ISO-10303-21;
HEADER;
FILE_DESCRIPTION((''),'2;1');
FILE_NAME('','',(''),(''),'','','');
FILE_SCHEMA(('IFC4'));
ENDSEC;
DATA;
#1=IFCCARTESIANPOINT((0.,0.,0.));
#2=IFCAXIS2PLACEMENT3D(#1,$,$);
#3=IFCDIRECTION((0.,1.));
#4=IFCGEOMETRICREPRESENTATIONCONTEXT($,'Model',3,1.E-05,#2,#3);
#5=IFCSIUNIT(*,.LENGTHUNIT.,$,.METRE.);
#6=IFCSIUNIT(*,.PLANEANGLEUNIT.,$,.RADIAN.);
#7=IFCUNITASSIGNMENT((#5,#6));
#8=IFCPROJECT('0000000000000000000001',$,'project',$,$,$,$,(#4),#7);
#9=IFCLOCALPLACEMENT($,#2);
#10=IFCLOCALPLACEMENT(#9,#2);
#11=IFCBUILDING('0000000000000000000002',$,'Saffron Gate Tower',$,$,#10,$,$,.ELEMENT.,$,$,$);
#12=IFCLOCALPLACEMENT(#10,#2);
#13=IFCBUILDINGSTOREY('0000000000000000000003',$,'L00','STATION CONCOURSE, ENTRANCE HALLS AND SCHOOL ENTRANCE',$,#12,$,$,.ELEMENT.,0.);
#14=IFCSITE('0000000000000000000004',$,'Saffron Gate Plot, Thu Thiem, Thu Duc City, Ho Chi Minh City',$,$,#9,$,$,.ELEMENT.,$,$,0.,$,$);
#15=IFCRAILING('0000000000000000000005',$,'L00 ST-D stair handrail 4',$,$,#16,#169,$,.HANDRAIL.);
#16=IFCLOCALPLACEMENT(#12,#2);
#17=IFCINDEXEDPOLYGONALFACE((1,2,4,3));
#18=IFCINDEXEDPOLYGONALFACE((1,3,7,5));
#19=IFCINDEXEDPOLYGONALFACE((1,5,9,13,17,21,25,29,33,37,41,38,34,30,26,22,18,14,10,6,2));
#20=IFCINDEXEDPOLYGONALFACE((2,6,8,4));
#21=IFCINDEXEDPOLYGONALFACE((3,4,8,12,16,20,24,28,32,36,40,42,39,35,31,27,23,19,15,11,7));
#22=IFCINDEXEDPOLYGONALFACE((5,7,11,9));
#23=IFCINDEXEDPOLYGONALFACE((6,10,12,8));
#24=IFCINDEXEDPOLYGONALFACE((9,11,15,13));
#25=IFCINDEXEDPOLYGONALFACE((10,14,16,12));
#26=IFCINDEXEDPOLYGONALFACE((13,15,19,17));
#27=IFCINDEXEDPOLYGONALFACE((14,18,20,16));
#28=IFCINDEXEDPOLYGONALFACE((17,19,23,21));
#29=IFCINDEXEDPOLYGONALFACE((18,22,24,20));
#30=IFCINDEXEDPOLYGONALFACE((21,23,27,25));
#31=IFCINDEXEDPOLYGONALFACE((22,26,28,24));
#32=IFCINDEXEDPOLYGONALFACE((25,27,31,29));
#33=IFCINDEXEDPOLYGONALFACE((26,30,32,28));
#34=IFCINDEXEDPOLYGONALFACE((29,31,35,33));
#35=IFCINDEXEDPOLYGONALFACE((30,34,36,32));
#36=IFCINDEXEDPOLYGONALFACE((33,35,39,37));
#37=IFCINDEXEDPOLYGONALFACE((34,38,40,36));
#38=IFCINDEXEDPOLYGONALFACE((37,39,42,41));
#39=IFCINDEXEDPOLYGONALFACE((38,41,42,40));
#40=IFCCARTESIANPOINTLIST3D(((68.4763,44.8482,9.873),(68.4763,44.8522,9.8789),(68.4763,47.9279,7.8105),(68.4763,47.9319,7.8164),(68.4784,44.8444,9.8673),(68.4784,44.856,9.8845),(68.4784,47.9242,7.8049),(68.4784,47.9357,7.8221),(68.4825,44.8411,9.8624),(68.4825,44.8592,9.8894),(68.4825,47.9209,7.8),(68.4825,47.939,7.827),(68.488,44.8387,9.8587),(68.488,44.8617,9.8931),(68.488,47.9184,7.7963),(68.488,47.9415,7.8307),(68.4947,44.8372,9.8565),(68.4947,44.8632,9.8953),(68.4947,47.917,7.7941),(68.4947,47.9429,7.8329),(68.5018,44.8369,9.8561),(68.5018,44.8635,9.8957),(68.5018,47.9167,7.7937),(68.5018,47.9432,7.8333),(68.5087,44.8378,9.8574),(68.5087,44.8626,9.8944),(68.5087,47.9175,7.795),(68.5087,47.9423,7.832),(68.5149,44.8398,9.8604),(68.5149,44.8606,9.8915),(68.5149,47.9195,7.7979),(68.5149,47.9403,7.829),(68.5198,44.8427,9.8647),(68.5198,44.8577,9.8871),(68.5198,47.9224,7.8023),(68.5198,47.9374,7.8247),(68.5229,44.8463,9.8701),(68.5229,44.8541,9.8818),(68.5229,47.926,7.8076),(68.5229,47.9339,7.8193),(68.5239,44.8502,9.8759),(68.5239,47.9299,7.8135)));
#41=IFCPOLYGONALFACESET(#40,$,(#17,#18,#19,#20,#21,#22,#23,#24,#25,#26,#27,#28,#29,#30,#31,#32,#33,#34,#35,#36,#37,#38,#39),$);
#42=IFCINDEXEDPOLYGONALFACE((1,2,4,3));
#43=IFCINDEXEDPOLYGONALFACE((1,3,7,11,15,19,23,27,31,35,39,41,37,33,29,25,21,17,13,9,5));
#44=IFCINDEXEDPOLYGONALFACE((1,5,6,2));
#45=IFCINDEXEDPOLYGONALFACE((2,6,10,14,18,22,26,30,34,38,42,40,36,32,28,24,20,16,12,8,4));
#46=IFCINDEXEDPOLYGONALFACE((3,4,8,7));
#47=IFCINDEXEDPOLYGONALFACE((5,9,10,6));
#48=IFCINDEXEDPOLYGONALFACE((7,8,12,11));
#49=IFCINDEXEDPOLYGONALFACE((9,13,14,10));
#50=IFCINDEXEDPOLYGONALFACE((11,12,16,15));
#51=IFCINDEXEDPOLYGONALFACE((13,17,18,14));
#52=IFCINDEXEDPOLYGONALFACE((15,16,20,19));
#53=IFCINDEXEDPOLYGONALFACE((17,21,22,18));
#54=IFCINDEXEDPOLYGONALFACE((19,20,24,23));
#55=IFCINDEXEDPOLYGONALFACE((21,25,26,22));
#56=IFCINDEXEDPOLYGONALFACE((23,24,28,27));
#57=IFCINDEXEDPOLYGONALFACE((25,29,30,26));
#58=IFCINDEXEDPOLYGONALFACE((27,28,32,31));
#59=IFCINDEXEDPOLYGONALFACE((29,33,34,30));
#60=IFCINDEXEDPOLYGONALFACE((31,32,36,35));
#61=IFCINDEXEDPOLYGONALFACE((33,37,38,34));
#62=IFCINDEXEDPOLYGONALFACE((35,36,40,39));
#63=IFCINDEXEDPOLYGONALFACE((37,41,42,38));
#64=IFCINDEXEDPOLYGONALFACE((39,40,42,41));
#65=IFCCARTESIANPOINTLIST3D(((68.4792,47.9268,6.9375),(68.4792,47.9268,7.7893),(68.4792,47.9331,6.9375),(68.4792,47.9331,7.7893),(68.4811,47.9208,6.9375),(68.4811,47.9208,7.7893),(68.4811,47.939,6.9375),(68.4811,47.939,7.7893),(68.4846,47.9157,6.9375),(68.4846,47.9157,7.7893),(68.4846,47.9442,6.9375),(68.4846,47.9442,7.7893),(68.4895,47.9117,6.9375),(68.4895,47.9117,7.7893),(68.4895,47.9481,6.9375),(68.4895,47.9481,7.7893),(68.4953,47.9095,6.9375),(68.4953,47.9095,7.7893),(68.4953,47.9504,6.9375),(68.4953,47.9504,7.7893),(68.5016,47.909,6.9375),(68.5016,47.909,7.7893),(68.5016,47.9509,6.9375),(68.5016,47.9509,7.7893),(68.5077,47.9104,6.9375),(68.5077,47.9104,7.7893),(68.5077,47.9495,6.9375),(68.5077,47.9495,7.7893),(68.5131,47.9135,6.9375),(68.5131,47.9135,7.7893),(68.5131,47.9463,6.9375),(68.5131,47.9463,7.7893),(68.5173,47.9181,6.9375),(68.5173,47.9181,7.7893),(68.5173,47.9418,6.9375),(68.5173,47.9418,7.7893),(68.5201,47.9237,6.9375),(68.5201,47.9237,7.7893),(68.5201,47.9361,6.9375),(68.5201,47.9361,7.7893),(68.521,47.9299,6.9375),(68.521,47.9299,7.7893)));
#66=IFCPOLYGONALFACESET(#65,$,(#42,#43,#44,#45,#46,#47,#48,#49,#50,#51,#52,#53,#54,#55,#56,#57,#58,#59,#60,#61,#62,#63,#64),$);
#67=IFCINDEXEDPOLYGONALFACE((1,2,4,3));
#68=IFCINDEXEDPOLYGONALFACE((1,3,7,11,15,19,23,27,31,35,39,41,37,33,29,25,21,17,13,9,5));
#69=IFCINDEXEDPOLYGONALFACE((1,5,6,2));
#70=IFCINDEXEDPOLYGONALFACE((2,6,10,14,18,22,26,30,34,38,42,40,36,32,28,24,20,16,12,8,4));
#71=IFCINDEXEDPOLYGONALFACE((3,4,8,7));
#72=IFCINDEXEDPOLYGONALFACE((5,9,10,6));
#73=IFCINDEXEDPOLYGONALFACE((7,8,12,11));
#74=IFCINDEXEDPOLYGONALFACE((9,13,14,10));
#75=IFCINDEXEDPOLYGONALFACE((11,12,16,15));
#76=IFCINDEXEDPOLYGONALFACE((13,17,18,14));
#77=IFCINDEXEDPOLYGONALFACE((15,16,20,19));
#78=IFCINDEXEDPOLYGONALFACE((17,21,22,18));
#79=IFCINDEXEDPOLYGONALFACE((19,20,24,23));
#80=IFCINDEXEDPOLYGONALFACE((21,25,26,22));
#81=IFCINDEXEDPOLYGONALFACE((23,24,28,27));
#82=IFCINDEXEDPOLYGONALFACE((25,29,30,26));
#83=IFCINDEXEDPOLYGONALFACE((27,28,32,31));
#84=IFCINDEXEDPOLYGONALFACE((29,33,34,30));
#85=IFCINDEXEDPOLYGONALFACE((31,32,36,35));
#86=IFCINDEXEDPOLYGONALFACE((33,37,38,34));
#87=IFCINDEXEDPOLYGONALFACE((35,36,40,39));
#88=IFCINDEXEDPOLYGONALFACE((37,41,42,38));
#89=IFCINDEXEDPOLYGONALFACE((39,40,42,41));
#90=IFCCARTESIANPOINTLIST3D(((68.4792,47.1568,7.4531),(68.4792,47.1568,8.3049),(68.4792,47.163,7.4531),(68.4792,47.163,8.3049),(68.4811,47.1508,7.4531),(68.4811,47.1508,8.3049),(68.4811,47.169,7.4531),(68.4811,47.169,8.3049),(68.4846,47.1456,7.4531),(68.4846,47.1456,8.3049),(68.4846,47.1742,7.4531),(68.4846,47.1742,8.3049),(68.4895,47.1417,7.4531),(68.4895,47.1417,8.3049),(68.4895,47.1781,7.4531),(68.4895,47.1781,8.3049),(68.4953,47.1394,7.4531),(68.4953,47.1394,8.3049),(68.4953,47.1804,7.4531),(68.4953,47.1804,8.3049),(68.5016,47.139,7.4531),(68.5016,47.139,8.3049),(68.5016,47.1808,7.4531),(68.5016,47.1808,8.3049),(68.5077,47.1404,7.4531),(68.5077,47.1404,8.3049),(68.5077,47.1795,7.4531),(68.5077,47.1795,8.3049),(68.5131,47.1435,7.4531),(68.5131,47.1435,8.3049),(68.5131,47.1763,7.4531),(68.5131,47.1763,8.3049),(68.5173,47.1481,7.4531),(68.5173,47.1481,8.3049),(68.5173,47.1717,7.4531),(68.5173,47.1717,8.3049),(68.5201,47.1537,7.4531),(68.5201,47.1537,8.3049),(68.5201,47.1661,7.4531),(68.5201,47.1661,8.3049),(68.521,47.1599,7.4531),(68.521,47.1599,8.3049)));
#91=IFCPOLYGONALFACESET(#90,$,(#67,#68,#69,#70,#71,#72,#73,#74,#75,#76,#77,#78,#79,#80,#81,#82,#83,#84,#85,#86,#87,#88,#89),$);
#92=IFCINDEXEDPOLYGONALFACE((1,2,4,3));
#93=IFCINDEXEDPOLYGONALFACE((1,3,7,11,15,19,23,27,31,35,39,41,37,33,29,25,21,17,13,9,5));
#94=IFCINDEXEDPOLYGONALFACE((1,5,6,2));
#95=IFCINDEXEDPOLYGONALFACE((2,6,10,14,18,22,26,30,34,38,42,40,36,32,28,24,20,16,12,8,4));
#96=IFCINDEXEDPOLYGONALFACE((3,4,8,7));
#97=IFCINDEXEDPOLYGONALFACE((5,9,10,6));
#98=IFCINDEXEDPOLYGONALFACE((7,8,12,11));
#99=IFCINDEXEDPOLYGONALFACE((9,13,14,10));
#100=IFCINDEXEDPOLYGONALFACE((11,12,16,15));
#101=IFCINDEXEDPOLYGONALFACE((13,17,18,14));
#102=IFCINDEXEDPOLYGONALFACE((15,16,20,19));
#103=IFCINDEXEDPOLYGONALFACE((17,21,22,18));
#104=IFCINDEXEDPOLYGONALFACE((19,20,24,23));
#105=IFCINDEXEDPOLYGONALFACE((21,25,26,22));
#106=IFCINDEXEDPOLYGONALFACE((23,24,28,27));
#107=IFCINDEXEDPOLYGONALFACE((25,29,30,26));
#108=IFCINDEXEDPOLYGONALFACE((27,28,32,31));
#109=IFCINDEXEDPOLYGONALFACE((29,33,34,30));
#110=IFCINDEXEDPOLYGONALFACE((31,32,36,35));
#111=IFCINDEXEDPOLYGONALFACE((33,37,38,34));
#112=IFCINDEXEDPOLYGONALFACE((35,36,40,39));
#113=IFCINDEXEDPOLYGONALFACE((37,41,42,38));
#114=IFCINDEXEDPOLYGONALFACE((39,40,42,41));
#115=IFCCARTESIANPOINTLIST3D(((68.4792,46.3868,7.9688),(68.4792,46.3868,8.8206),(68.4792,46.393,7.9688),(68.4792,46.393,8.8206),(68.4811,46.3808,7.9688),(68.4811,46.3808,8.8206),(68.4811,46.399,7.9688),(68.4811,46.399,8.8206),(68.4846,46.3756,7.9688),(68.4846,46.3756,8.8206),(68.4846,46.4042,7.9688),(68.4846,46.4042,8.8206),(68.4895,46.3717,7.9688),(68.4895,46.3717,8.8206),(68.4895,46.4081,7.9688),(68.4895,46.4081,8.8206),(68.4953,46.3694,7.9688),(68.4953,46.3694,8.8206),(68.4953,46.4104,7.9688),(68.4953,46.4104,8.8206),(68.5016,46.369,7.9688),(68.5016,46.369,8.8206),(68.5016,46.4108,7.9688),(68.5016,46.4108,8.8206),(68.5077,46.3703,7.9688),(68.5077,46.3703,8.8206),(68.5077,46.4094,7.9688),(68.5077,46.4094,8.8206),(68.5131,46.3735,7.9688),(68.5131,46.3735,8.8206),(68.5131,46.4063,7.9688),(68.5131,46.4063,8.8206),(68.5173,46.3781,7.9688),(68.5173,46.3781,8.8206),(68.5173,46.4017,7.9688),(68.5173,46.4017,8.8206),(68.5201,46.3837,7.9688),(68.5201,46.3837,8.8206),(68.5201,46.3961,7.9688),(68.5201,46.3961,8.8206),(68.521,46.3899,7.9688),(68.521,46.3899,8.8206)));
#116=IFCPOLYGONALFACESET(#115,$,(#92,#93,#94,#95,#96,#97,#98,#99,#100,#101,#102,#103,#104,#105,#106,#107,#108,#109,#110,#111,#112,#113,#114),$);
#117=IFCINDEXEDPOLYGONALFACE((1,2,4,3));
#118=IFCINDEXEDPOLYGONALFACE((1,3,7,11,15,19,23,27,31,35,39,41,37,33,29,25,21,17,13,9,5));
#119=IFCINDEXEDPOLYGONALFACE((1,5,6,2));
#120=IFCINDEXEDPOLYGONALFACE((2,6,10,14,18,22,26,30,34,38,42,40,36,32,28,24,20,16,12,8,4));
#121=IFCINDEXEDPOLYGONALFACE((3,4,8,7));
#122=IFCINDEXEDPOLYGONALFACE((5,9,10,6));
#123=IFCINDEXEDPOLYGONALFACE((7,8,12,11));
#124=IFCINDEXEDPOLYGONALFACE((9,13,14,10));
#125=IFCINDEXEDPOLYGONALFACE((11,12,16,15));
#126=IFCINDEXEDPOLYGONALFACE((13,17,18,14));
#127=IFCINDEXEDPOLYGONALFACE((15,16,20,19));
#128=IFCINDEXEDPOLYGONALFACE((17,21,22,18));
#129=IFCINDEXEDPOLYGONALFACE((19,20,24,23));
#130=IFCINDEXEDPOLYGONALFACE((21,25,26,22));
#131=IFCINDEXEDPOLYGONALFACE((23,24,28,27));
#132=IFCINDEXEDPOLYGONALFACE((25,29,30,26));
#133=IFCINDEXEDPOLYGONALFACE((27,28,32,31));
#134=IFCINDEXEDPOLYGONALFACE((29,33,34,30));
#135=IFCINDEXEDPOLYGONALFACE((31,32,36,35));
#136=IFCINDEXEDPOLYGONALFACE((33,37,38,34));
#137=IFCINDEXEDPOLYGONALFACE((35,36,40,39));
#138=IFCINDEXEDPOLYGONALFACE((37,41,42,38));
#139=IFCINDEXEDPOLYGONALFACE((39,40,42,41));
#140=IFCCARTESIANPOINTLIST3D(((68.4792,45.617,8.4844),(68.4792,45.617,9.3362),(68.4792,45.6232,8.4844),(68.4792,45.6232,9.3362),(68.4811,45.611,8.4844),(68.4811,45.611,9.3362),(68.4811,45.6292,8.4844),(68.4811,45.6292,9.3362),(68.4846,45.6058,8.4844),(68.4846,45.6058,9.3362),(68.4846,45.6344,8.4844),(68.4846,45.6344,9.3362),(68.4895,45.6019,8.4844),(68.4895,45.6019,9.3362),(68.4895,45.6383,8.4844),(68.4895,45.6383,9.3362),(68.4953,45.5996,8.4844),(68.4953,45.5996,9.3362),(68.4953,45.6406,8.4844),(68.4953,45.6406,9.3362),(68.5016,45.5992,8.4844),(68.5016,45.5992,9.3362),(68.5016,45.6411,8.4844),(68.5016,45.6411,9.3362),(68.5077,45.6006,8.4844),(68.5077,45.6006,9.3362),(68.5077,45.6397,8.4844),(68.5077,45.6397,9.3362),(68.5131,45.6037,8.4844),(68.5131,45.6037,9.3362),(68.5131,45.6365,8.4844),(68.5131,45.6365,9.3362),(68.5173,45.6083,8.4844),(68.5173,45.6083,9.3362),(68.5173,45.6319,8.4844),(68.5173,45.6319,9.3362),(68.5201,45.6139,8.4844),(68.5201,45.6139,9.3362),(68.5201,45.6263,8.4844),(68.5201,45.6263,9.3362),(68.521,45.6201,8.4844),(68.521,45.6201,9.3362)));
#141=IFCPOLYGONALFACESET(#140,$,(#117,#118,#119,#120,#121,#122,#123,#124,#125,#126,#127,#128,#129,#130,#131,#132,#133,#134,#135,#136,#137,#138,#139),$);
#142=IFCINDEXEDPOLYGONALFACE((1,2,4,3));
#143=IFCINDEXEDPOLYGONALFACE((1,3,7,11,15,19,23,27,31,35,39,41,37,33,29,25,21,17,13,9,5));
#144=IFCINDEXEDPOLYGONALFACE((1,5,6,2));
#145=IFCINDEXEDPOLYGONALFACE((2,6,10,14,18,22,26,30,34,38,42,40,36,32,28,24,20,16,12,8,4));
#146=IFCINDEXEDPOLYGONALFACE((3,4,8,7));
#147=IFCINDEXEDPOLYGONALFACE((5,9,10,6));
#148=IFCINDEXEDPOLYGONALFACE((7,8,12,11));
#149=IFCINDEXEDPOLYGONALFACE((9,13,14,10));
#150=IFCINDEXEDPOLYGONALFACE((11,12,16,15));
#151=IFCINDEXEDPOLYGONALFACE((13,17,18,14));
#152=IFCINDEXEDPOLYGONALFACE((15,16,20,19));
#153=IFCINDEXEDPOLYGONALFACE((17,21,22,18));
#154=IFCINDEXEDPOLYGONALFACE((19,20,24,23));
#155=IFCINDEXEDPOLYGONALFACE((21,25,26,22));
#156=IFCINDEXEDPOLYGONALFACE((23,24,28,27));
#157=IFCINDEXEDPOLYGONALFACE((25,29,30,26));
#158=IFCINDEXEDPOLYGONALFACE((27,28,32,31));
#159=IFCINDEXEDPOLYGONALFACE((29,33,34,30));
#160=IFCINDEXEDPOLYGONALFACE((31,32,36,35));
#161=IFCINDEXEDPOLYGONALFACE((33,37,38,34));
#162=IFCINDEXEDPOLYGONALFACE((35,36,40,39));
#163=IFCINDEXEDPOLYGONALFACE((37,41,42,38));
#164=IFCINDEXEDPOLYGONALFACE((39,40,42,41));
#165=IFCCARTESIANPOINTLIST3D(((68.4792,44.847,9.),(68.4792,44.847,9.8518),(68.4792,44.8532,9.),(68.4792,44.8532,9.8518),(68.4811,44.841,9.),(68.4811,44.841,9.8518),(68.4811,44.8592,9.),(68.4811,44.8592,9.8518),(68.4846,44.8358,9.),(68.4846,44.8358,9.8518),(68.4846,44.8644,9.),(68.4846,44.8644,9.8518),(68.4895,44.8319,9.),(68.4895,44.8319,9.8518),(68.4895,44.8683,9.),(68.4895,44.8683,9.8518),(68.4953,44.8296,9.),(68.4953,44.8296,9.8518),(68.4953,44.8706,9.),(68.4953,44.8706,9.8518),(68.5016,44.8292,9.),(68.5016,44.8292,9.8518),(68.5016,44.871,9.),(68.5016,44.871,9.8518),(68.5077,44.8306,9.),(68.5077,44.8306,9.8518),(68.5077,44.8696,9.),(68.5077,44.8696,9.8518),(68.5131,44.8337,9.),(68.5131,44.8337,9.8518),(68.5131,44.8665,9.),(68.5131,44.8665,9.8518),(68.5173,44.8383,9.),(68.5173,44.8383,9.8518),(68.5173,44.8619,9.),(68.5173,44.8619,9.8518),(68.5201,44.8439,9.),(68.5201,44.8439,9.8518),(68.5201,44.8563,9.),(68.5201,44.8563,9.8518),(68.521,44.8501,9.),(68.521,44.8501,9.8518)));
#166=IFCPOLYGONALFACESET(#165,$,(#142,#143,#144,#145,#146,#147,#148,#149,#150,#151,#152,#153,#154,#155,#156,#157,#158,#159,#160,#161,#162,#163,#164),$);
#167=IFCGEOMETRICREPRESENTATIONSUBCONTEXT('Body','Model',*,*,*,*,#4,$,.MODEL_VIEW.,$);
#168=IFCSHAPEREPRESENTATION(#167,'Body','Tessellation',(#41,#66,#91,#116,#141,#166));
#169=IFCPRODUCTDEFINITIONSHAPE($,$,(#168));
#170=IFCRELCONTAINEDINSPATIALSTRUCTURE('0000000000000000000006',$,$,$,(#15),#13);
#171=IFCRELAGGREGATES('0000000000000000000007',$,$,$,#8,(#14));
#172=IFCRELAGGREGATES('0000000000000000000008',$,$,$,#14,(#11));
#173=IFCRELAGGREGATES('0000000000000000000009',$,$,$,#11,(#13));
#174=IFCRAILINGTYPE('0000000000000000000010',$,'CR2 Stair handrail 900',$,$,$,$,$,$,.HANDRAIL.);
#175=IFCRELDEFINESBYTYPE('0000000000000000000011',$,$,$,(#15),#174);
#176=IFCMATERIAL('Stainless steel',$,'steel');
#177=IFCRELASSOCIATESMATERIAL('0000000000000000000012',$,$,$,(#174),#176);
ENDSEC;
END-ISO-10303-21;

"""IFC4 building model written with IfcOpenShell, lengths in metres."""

from ifc_helpers import new_model, si_unit, direction, frame, origin, origin_2d, place, context, subcontext, project, spatial, circle, extrude, material, type_object, element, save


model = new_model("IFC4")

# Units and contexts
model_context = context("Model", 3, precision=1e-05, world=origin(), true_north=direction((0.0, 1.0)))
body_context = subcontext(model_context, "Body", "Model", "MODEL_VIEW")
ifc_project = project(units=[si_unit("LENGTHUNIT", "METRE"), si_unit("PLANEANGLEUNIT", "RADIAN")], contexts=[model_context])

# Site, building, storey
site_placement = place(None, origin())
site = spatial("IfcSite", under=ifc_project, at=site_placement, Name="Saffron Gate Plot, Thu Thiem, Thu Duc City, Ho Chi Minh City", CompositionType="ELEMENT", RefElevation=0.0)
building_placement = place(site_placement, origin())
building = spatial("IfcBuilding", under=site, at=building_placement, Name="Saffron Gate Tower", CompositionType="ELEMENT")
storey_placement = place(building_placement, origin())
storey = spatial("IfcBuildingStorey", under=building, at=storey_placement, Name="L00", Description="STATION CONCOURSE, ENTRANCE HALLS AND SCHOOL ENTRANCE", CompositionType="ELEMENT", Elevation=0.0)

# Railing
ifc_material_1 = material(Name="Stainless steel", Category="steel")
railing_type_1 = type_object("IfcRailingType", Name="CR2 Stair handrail 900", PredefinedType="HANDRAIL", material=ifc_material_1)
railing_1_placement = place(storey_placement, frame((68.5, 47.9299, 6.9375)))
element("IfcRailing", 1, at=railing_1_placement, inside=storey, type_object=railing_type_1, Name="L00 ST-D stair handrail 4", PredefinedType="HANDRAIL", context=body_context, shape_type="SweptSolid", body=[
    extrude(circle(Radius=0.0239, at=origin_2d()), frame((0.0, 0.0, 0.876), z_axis=(0.0, -0.830893, 0.556432), x_axis=(1.0, 0.0, 0.0)), (0.0, 0.0, 1.0), 3.7065),
    extrude(circle(Radius=0.021, at=origin_2d()), origin(), (0.0, 0.0, 1.0), 0.8518),
    extrude(circle(Radius=0.021, at=origin_2d()), frame((0.0, -0.77, 0.5156)), (0.0, 0.0, 1.0), 0.8518),
    extrude(circle(Radius=0.021, at=origin_2d()), frame((0.0, -1.54, 1.0312)), (0.0, 0.0, 1.0), 0.8518),
    extrude(circle(Radius=0.021, at=origin_2d()), frame((0.0, -2.3098, 1.5469)), (0.0, 0.0, 1.0), 0.8518),
    extrude(circle(Radius=0.021, at=origin_2d()), frame((0.0, -3.0798, 2.0625)), (0.0, 0.0, 1.0), 0.8518),
])

save(model, "model.ifc")
